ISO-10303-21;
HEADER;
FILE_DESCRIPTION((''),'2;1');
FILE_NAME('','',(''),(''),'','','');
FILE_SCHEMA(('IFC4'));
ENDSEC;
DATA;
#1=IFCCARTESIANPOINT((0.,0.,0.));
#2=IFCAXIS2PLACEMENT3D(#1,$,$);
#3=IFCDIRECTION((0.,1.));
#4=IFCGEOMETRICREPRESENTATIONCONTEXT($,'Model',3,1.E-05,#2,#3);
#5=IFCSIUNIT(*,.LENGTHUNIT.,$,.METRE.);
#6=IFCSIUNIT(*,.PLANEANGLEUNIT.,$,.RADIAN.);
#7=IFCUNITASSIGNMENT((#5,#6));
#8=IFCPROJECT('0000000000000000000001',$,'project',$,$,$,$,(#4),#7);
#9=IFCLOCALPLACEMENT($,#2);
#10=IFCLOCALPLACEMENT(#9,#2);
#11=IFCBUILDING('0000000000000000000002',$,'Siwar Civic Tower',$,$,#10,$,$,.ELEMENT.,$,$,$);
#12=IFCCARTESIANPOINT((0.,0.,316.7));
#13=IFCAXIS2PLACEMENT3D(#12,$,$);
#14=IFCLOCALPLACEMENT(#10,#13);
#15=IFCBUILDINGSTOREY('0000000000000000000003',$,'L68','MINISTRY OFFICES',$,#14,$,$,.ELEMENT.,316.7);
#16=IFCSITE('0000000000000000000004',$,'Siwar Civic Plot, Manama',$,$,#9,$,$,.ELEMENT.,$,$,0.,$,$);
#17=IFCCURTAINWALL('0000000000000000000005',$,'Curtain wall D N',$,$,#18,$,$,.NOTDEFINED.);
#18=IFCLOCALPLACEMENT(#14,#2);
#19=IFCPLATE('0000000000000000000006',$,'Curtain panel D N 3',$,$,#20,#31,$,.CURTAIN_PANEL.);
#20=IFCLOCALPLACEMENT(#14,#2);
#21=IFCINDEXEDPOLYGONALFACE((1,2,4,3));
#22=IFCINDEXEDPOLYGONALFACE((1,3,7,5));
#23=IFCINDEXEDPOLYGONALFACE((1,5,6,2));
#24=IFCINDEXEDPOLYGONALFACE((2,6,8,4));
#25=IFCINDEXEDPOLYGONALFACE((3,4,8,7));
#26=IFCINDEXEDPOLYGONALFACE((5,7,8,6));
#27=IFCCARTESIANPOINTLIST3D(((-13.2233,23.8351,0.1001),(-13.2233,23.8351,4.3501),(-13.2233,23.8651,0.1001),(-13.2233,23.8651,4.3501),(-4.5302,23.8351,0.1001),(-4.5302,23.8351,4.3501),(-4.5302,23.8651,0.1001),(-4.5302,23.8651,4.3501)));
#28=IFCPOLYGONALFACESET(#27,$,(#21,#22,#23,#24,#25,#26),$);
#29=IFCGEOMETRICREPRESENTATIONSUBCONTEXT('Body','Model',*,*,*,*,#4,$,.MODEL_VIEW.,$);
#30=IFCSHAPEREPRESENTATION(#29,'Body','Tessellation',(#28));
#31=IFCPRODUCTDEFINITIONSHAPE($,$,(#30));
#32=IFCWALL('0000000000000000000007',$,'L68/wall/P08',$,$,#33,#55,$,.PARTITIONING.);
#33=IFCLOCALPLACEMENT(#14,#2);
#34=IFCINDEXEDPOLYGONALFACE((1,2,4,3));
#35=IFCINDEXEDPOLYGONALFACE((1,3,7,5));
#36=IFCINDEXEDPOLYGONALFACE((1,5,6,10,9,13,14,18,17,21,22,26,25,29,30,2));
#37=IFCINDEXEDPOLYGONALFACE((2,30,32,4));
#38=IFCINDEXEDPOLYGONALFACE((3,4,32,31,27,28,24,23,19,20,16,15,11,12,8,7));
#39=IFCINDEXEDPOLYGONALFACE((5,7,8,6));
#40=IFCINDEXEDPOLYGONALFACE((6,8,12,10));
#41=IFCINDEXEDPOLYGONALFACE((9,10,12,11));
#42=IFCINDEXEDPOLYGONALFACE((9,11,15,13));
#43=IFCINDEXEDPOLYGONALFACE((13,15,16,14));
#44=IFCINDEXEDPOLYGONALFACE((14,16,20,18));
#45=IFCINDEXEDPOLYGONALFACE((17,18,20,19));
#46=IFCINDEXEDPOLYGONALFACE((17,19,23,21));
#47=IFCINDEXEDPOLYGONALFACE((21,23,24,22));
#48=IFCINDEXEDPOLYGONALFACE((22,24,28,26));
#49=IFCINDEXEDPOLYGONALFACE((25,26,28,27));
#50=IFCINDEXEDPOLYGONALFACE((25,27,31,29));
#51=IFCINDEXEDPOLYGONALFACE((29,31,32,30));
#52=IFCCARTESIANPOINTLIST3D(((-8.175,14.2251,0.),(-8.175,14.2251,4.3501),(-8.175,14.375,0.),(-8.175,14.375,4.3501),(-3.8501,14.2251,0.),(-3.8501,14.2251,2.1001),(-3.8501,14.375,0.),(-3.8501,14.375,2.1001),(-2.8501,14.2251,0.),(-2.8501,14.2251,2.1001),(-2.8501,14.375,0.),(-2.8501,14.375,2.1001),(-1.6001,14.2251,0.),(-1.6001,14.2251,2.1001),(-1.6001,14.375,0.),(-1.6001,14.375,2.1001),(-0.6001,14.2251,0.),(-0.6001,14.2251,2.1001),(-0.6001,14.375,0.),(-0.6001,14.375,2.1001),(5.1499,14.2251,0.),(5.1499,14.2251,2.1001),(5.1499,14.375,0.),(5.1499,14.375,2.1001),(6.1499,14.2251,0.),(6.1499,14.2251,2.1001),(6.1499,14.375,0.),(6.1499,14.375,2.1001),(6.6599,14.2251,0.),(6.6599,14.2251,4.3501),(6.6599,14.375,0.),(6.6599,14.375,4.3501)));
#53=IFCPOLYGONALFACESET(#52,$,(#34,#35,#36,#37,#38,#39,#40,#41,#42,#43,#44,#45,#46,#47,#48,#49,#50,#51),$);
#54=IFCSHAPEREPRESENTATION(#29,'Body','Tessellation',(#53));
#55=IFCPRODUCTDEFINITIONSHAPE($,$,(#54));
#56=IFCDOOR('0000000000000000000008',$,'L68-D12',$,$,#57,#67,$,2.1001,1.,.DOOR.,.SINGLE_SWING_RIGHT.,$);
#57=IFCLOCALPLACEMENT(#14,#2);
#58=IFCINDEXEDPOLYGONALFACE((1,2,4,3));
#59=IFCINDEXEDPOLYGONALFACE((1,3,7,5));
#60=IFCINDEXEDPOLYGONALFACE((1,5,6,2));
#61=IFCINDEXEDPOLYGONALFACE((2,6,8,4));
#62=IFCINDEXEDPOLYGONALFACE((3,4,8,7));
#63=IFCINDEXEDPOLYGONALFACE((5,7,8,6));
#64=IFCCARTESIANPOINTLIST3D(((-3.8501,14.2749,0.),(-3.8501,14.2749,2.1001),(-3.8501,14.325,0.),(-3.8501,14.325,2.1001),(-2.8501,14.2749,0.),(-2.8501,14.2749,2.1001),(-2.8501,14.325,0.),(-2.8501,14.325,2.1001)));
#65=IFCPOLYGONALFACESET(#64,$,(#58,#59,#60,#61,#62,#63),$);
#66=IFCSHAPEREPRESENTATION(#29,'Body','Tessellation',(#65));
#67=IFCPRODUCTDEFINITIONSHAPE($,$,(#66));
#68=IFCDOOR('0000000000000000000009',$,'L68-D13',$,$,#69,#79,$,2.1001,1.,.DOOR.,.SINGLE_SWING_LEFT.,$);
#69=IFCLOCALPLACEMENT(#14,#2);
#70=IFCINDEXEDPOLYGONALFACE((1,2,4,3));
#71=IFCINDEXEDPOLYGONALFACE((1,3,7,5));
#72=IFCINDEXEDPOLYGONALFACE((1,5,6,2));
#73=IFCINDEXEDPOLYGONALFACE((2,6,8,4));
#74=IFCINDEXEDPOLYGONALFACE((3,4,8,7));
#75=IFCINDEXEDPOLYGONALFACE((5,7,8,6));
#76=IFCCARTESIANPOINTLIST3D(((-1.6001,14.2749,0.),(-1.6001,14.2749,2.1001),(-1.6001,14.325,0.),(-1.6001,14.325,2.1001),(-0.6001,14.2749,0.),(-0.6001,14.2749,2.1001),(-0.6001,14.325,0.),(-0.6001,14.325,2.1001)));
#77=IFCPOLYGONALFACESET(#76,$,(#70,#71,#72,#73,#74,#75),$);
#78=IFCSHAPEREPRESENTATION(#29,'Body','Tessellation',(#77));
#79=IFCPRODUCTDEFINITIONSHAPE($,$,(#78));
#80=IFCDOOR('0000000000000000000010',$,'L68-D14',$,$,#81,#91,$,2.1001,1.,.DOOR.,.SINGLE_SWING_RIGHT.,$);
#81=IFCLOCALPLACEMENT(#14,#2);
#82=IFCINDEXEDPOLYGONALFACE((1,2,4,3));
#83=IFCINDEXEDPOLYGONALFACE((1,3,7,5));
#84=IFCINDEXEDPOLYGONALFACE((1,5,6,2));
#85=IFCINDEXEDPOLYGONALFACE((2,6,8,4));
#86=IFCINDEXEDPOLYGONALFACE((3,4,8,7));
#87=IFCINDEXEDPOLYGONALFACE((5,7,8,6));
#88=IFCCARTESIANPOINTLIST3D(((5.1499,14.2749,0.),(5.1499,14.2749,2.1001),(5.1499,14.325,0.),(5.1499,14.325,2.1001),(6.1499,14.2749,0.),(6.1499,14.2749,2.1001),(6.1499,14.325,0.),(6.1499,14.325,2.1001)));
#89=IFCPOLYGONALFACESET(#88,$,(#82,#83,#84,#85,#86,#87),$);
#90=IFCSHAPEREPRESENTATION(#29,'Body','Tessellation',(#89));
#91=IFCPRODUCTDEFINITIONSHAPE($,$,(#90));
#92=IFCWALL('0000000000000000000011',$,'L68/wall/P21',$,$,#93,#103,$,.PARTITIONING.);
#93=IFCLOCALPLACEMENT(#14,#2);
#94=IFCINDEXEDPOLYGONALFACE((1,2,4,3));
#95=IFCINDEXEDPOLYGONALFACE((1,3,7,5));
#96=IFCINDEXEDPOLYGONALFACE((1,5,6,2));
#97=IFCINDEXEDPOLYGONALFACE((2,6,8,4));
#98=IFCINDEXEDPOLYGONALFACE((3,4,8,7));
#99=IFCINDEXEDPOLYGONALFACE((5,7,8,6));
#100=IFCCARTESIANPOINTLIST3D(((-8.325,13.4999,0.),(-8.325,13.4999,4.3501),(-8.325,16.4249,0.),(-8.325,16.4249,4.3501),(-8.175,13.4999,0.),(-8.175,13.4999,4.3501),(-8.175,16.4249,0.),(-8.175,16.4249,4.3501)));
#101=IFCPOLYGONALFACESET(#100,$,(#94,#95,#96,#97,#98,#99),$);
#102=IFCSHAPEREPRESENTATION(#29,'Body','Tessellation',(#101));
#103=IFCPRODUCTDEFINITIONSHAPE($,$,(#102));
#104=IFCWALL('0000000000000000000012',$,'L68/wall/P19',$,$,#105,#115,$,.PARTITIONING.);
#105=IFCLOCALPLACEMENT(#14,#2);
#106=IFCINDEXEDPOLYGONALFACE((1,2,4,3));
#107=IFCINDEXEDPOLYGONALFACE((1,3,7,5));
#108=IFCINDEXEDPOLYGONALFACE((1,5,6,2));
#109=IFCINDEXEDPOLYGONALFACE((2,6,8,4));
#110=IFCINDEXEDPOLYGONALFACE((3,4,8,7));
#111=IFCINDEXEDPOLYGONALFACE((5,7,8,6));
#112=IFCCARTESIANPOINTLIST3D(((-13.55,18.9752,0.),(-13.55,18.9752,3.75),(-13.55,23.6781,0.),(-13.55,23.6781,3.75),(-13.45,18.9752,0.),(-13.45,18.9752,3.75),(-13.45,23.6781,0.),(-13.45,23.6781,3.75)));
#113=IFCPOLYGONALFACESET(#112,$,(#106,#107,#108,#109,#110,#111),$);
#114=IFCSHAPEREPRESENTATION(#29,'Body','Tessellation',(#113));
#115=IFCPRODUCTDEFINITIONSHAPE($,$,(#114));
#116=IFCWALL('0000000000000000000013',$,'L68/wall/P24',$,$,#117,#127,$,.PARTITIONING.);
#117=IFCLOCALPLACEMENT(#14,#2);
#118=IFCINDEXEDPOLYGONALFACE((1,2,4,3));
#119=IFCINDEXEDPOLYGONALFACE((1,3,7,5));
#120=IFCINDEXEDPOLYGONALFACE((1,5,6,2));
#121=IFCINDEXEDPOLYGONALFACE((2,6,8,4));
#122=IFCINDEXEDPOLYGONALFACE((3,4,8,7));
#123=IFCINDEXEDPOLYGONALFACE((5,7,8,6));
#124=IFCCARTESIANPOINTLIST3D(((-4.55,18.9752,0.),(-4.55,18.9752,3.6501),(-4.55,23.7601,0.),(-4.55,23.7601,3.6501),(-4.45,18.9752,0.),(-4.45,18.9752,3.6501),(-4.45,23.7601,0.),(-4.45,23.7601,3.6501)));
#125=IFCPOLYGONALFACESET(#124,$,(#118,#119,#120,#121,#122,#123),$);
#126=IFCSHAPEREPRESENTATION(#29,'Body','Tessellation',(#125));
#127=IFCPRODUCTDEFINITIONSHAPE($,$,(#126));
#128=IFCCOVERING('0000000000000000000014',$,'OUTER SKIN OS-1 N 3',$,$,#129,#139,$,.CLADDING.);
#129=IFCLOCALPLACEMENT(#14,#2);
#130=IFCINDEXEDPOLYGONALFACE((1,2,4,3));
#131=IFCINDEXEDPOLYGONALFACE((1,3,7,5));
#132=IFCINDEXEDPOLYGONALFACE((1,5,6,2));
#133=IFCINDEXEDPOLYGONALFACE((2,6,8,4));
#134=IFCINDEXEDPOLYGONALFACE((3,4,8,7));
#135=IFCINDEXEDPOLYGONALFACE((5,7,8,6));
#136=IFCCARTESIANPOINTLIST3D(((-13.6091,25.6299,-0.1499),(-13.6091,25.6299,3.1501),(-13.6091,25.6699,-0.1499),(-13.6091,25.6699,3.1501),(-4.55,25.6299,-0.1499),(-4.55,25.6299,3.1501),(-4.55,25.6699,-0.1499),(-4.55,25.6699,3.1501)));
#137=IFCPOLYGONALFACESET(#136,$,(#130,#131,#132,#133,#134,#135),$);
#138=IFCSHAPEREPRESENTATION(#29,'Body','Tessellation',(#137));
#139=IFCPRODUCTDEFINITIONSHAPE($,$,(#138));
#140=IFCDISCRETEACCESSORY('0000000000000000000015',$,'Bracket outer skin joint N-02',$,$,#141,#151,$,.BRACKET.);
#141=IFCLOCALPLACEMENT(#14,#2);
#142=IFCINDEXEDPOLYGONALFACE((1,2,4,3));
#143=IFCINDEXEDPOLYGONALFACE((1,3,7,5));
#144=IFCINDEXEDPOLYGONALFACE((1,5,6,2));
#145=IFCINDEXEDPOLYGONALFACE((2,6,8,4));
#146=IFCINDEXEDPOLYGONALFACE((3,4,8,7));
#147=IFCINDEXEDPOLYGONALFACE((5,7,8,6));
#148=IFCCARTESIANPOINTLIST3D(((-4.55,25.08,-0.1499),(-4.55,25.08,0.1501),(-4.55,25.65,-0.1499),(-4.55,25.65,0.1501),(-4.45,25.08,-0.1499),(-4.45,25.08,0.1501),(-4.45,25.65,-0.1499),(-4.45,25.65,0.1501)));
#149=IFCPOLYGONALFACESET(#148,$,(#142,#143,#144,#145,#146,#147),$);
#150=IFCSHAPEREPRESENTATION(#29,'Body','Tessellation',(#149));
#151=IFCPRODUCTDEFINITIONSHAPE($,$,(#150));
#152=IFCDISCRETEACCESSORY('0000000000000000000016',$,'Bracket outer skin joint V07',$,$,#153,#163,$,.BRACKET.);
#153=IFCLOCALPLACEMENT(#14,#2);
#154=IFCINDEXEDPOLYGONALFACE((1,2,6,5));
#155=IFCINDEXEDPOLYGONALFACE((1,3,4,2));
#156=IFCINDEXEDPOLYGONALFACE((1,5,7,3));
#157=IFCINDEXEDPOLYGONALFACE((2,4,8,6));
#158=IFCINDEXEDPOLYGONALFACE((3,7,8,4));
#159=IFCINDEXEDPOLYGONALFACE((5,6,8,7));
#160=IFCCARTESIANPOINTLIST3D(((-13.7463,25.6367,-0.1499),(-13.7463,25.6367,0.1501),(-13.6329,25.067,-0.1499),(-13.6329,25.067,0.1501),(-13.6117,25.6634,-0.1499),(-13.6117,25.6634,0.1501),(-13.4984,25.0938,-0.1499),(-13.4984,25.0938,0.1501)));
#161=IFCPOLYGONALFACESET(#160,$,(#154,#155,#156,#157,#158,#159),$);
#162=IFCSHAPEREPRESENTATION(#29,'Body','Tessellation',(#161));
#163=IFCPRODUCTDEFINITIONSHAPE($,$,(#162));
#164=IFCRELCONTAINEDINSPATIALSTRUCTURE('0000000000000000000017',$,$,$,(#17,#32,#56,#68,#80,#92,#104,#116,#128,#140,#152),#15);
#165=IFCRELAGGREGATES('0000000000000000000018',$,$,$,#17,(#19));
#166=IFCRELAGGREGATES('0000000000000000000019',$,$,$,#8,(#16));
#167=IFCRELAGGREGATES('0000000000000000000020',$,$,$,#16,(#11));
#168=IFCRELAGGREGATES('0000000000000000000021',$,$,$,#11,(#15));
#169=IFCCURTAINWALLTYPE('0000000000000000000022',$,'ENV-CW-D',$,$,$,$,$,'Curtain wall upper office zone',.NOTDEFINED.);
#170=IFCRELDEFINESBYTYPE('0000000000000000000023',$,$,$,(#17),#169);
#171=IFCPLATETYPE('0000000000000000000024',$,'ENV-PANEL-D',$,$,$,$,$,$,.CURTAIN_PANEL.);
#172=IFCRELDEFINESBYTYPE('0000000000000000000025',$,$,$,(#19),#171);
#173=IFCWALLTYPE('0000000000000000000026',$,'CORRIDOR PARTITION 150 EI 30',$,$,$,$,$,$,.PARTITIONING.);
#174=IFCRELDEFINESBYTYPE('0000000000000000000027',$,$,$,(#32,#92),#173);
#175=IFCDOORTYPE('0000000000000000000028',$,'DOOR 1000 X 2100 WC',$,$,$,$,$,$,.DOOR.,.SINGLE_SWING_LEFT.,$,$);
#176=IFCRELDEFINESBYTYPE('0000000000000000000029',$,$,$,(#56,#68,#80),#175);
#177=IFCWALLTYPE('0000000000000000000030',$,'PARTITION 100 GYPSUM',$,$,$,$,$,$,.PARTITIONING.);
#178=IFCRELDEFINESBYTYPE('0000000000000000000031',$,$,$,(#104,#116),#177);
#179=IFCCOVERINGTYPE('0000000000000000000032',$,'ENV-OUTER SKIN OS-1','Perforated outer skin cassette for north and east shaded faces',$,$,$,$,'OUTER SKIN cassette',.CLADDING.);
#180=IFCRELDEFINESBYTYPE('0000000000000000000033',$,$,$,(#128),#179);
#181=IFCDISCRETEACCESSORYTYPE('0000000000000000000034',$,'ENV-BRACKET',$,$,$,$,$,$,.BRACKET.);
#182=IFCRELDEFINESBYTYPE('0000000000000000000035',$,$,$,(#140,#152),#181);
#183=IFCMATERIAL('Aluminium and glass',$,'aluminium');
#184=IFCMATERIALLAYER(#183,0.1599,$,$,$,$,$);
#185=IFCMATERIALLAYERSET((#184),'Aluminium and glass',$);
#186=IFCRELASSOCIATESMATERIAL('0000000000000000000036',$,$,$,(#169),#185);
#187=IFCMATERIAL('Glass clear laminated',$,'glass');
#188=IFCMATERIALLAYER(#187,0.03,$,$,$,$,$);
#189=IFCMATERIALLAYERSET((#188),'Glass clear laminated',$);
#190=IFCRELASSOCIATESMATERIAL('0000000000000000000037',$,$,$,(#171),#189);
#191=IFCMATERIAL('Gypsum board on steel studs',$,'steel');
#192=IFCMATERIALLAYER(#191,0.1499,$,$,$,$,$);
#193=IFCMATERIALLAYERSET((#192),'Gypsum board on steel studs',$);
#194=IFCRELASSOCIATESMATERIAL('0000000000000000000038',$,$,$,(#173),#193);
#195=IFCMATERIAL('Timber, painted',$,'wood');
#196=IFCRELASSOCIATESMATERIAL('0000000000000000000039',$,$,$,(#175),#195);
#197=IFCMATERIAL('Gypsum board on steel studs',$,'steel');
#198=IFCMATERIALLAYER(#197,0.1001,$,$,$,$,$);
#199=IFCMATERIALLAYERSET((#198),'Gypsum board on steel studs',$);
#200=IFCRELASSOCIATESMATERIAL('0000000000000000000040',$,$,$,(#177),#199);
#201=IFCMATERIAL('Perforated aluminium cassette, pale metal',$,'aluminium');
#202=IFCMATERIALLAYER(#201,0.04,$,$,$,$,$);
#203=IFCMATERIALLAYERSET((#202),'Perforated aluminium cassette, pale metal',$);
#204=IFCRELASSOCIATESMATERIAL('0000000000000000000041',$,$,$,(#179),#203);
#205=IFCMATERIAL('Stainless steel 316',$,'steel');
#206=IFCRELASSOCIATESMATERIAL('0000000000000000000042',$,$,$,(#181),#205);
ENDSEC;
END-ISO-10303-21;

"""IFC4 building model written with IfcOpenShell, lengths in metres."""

from ifc_helpers import new_model, si_unit, direction, frame, frame_2d, origin, origin_2d, place, context, subcontext, project, spatial, rectangle, extrude, material, layer, layer_set, type_object, element, fill, aggregate, save


model = new_model("IFC4")

# Units and contexts
model_context = context("Model", 3, precision=1e-05, world=origin(), true_north=direction((0.0, 1.0)))
body_context = subcontext(model_context, "Body", "Model", "MODEL_VIEW")
ifc_project = project(units=[si_unit("LENGTHUNIT", "METRE"), si_unit("PLANEANGLEUNIT", "RADIAN")], contexts=[model_context])

# Site, building, storey
site_placement = place(None, origin())
site = spatial("IfcSite", under=ifc_project, at=site_placement, Name="Siwar Civic Plot, Manama", CompositionType="ELEMENT", RefElevation=0.0)
building_placement = place(site_placement, origin())
building = spatial("IfcBuilding", under=site, at=building_placement, Name="Siwar Civic Tower", CompositionType="ELEMENT")
storey_placement = place(building_placement, frame((0.0, 0.0, 316.7)))
storey = spatial("IfcBuildingStorey", under=building, at=storey_placement, Name="L68", Description="MINISTRY OFFICES", CompositionType="ELEMENT", Elevation=316.7)

# Curtain wall
ifc_material_1 = material(Name="Aluminium and glass", Category="aluminium")
ifc_layer_1 = layer(ifc_material_1, 0.1599)
ifc_layer_set_1 = layer_set([ifc_layer_1], Name="Aluminium and glass")
curtain_wall_type_1 = type_object("IfcCurtainWallType", Name="ENV-CW-D", ElementType="Curtain wall upper office zone", PredefinedType="NOTDEFINED", material=ifc_layer_set_1)
curtain_wall_1_placement = place(storey_placement, origin())
curtain_wall_1 = element("IfcCurtainWall", 1, at=curtain_wall_1_placement, inside=storey, type_object=curtain_wall_type_1, Name="Curtain wall D N", PredefinedType="NOTDEFINED")

# Plate
ifc_material_2 = material(Name="Glass clear laminated", Category="glass")
ifc_layer_2 = layer(ifc_material_2, 0.03)
ifc_layer_set_2 = layer_set([ifc_layer_2], Name="Glass clear laminated")
plate_type = type_object("IfcPlateType", Name="ENV-PANEL-D", PredefinedType="CURTAIN_PANEL", material=ifc_layer_set_2)
plate_placement = place(storey_placement, frame((-8.8767, 23.8501, 0.1001), z_axis=(0.0, 0.0, 1.0), x_axis=(-1.0, 0.0, 0.0)))
plate = element("IfcPlate", 2, at=plate_placement, type_object=plate_type, Name="Curtain panel D N 3", PredefinedType="CURTAIN_PANEL", context=body_context, shape_type="SweptSolid", body=[
    extrude(rectangle(XDim=8.6931, YDim=0.03, at=origin_2d()), origin(), (0.0, 0.0, 1.0), 4.25),
])
aggregate(curtain_wall_1, [plate])

# Wall, openings, doors
ifc_material_3 = material(Name="Gypsum board on steel studs", Category="steel")
ifc_layer_3 = layer(ifc_material_3, 0.1499)
ifc_layer_set_3 = layer_set([ifc_layer_3], Name="Gypsum board on steel studs")
wall_type_1 = type_object("IfcWallType", Name="CORRIDOR PARTITION 150 EI 30", PredefinedType="PARTITIONING", material=ifc_layer_set_3)
wall_1_placement = place(storey_placement, frame((-8.175, 14.3, 0.0), z_axis=(0.0, 0.0, 1.0), x_axis=(1.0, 0.0, 0.0)))
wall_1 = element("IfcWall", 3, at=wall_1_placement, inside=storey, type_object=wall_type_1, Name="L68/wall/P08", PredefinedType="PARTITIONING", context=body_context, shape_type="SweptSolid", body=[
    extrude(rectangle(XDim=14.835, YDim=0.1499, at=frame_2d((7.4175, 0.0))), origin(), (0.0, 0.0, 1.0), 4.3501),
])
opening_1_placement = place(wall_1_placement, frame((4.325, 0.0, 0.0)))
opening_1 = element("IfcOpeningElement", 4, at=opening_1_placement, cuts=wall_1, PredefinedType="OPENING", context=body_context, shape_type="SweptSolid", body=[
    extrude(rectangle(XDim=1.0, YDim=2.1001, at=frame_2d((0.5, 1.05))), frame((0.0, 0.085, 0.0), z_axis=(0.0, -1.0, 0.0), x_axis=(1.0, 0.0, 0.0)), (0.0, 0.0, 1.0), 0.1699),
])
opening_2_placement = place(wall_1_placement, frame((6.575, 0.0, 0.0)))
opening_2 = element("IfcOpeningElement", 5, at=opening_2_placement, cuts=wall_1, PredefinedType="OPENING", context=body_context, shape_type="SweptSolid", body=[
    extrude(rectangle(XDim=1.0, YDim=2.1001, at=frame_2d((0.5, 1.05))), frame((0.0, 0.085, 0.0), z_axis=(0.0, -1.0, 0.0), x_axis=(1.0, 0.0, 0.0)), (0.0, 0.0, 1.0), 0.1699),
])
opening_3_placement = place(wall_1_placement, frame((13.325, 0.0, 0.0)))
opening_3 = element("IfcOpeningElement", 6, at=opening_3_placement, cuts=wall_1, PredefinedType="OPENING", context=body_context, shape_type="SweptSolid", body=[
    extrude(rectangle(XDim=1.0, YDim=2.1001, at=frame_2d((0.5, 1.05))), frame((0.0, 0.085, 0.0), z_axis=(0.0, -1.0, 0.0), x_axis=(1.0, 0.0, 0.0)), (0.0, 0.0, 1.0), 0.1699),
])
ifc_material_4 = material(Name="Timber, painted", Category="wood")
door_type = type_object("IfcDoorType", Name="DOOR 1000 X 2100 WC", OperationType="SINGLE_SWING_LEFT", PredefinedType="DOOR", material=ifc_material_4)
door_1_placement = place(opening_1_placement, origin())
door_1 = element("IfcDoor", 7, at=door_1_placement, inside=storey, type_object=door_type, Name="L68-D12", OperationType="SINGLE_SWING_RIGHT", OverallHeight=2.1001, OverallWidth=1.0, PredefinedType="DOOR", context=body_context, shape_type="SweptSolid", body=[
    extrude(rectangle(XDim=1.0, YDim=2.1001, at=frame_2d((0.5, 1.05))), frame((0.0, 0.0249, 0.0), z_axis=(0.0, -1.0, 0.0), x_axis=(1.0, 0.0, 0.0)), (0.0, 0.0, 1.0), 0.05),
])
fill(opening_1, door_1)
door_2_placement = place(opening_2_placement, origin())
door_2 = element("IfcDoor", 8, at=door_2_placement, inside=storey, type_object=door_type, Name="L68-D13", OperationType="SINGLE_SWING_LEFT", OverallHeight=2.1001, OverallWidth=1.0, PredefinedType="DOOR", context=body_context, shape_type="SweptSolid", body=[
    extrude(rectangle(XDim=1.0, YDim=2.1001, at=frame_2d((0.5, 1.05))), frame((0.0, 0.0249, 0.0), z_axis=(0.0, -1.0, 0.0), x_axis=(1.0, 0.0, 0.0)), (0.0, 0.0, 1.0), 0.05),
])
fill(opening_2, door_2)
door_3_placement = place(opening_3_placement, origin())
door_3 = element("IfcDoor", 9, at=door_3_placement, inside=storey, type_object=door_type, Name="L68-D14", OperationType="SINGLE_SWING_RIGHT", OverallHeight=2.1001, OverallWidth=1.0, PredefinedType="DOOR", context=body_context, shape_type="SweptSolid", body=[
    extrude(rectangle(XDim=1.0, YDim=2.1001, at=frame_2d((0.5, 1.05))), frame((0.0, 0.0249, 0.0), z_axis=(0.0, -1.0, 0.0), x_axis=(1.0, 0.0, 0.0)), (0.0, 0.0, 1.0), 0.05),
])
fill(opening_3, door_3)

# Walls
wall_2_placement = place(storey_placement, frame((-8.25, 13.5, 0.0), z_axis=(0.0, 0.0, 1.0), x_axis=(0.0, 1.0, 0.0)))
element("IfcWall", 10, at=wall_2_placement, inside=storey, type_object=wall_type_1, Name="L68/wall/P21", PredefinedType="PARTITIONING", context=body_context, shape_type="SweptSolid", body=[
    extrude(rectangle(XDim=2.925, YDim=0.1499, at=frame_2d((1.4624, 0.0))), origin(), (0.0, 0.0, 1.0), 4.3501),
])
ifc_material_5 = material(Name="Gypsum board on steel studs", Category="steel")
ifc_layer_4 = layer(ifc_material_5, 0.1001)
ifc_layer_set_4 = layer_set([ifc_layer_4], Name="Gypsum board on steel studs")
wall_type_2 = type_object("IfcWallType", Name="PARTITION 100 GYPSUM", PredefinedType="PARTITIONING", material=ifc_layer_set_4)
wall_3_placement = place(storey_placement, frame((-13.5, 18.9751, 0.0), z_axis=(0.0, 0.0, 1.0), x_axis=(0.0, 1.0, 0.0)))
element("IfcWall", 11, at=wall_3_placement, inside=storey, type_object=wall_type_2, Name="L68/wall/P19", PredefinedType="PARTITIONING", context=body_context, shape_type="SweptSolid", body=[
    extrude(rectangle(XDim=4.7029, YDim=0.1001, at=frame_2d((2.3516, 0.0))), origin(), (0.0, 0.0, 1.0), 3.75),
])
wall_4_placement = place(storey_placement, frame((-4.5, 18.9751, 0.0), z_axis=(0.0, 0.0, 1.0), x_axis=(0.0, 1.0, 0.0)))
element("IfcWall", 12, at=wall_4_placement, inside=storey, type_object=wall_type_2, Name="L68/wall/P24", PredefinedType="PARTITIONING", context=body_context, shape_type="SweptSolid", body=[
    extrude(rectangle(XDim=4.7849, YDim=0.1001, at=frame_2d((2.3926, 0.0))), origin(), (0.0, 0.0, 1.0), 3.6501),
])

# Covering
ifc_material_6 = material(Name="Perforated aluminium cassette, pale metal", Category="aluminium")
ifc_layer_5 = layer(ifc_material_6, 0.04)
ifc_layer_set_5 = layer_set([ifc_layer_5], Name="Perforated aluminium cassette, pale metal")
covering_type = type_object("IfcCoveringType", Name="ENV-OUTER SKIN OS-1", Description="Perforated outer skin cassette for north and east shaded faces", ElementType="OUTER SKIN cassette", PredefinedType="CLADDING", material=ifc_layer_set_5)
covering_placement = place(storey_placement, frame((-9.0796, 25.6499, -0.1499), z_axis=(0.0, 0.0, 1.0), x_axis=(-1.0, 0.0, 0.0)))
element("IfcCovering", 13, at=covering_placement, inside=storey, type_object=covering_type, Name="OUTER SKIN OS-1 N 3", PredefinedType="CLADDING", context=body_context, shape_type="SweptSolid", body=[
    extrude(rectangle(XDim=9.0591, YDim=0.04, at=origin_2d()), origin(), (0.0, 0.0, 1.0), 3.3),
])

# Discrete accessories
ifc_material_7 = material(Name="Stainless steel 316", Category="steel")
discrete_accessory_type = type_object("IfcDiscreteAccessoryType", Name="ENV-BRACKET", PredefinedType="BRACKET", material=ifc_material_7)
discrete_accessory_1_placement = place(storey_placement, frame((-4.5, 25.365, -0.1499), z_axis=(0.0, 0.0, 1.0), x_axis=(0.0, 1.0, 0.0)))
element("IfcDiscreteAccessory", 14, at=discrete_accessory_1_placement, inside=storey, type_object=discrete_accessory_type, Name="Bracket outer skin joint N-02", PredefinedType="BRACKET", context=body_context, shape_type="SweptSolid", body=[
    extrude(rectangle(XDim=0.5701, YDim=0.1001, at=origin_2d()), origin(), (0.0, 0.0, 1.0), 0.3),
])
discrete_accessory_2_placement = place(storey_placement, frame((-13.6223, 25.3652, -0.1499), z_axis=(0.0, 0.0, 1.0), x_axis=(-0.19509, 0.980785, 0.0)))
element("IfcDiscreteAccessory", 15, at=discrete_accessory_2_placement, inside=storey, type_object=discrete_accessory_type, Name="Bracket outer skin joint V07", PredefinedType="BRACKET", context=body_context, shape_type="SweptSolid", body=[
    extrude(rectangle(XDim=0.5808, YDim=0.1372, at=origin_2d()), origin(), (0.0, 0.0, 1.0), 0.3),
])

save(model, "model.ifc")
